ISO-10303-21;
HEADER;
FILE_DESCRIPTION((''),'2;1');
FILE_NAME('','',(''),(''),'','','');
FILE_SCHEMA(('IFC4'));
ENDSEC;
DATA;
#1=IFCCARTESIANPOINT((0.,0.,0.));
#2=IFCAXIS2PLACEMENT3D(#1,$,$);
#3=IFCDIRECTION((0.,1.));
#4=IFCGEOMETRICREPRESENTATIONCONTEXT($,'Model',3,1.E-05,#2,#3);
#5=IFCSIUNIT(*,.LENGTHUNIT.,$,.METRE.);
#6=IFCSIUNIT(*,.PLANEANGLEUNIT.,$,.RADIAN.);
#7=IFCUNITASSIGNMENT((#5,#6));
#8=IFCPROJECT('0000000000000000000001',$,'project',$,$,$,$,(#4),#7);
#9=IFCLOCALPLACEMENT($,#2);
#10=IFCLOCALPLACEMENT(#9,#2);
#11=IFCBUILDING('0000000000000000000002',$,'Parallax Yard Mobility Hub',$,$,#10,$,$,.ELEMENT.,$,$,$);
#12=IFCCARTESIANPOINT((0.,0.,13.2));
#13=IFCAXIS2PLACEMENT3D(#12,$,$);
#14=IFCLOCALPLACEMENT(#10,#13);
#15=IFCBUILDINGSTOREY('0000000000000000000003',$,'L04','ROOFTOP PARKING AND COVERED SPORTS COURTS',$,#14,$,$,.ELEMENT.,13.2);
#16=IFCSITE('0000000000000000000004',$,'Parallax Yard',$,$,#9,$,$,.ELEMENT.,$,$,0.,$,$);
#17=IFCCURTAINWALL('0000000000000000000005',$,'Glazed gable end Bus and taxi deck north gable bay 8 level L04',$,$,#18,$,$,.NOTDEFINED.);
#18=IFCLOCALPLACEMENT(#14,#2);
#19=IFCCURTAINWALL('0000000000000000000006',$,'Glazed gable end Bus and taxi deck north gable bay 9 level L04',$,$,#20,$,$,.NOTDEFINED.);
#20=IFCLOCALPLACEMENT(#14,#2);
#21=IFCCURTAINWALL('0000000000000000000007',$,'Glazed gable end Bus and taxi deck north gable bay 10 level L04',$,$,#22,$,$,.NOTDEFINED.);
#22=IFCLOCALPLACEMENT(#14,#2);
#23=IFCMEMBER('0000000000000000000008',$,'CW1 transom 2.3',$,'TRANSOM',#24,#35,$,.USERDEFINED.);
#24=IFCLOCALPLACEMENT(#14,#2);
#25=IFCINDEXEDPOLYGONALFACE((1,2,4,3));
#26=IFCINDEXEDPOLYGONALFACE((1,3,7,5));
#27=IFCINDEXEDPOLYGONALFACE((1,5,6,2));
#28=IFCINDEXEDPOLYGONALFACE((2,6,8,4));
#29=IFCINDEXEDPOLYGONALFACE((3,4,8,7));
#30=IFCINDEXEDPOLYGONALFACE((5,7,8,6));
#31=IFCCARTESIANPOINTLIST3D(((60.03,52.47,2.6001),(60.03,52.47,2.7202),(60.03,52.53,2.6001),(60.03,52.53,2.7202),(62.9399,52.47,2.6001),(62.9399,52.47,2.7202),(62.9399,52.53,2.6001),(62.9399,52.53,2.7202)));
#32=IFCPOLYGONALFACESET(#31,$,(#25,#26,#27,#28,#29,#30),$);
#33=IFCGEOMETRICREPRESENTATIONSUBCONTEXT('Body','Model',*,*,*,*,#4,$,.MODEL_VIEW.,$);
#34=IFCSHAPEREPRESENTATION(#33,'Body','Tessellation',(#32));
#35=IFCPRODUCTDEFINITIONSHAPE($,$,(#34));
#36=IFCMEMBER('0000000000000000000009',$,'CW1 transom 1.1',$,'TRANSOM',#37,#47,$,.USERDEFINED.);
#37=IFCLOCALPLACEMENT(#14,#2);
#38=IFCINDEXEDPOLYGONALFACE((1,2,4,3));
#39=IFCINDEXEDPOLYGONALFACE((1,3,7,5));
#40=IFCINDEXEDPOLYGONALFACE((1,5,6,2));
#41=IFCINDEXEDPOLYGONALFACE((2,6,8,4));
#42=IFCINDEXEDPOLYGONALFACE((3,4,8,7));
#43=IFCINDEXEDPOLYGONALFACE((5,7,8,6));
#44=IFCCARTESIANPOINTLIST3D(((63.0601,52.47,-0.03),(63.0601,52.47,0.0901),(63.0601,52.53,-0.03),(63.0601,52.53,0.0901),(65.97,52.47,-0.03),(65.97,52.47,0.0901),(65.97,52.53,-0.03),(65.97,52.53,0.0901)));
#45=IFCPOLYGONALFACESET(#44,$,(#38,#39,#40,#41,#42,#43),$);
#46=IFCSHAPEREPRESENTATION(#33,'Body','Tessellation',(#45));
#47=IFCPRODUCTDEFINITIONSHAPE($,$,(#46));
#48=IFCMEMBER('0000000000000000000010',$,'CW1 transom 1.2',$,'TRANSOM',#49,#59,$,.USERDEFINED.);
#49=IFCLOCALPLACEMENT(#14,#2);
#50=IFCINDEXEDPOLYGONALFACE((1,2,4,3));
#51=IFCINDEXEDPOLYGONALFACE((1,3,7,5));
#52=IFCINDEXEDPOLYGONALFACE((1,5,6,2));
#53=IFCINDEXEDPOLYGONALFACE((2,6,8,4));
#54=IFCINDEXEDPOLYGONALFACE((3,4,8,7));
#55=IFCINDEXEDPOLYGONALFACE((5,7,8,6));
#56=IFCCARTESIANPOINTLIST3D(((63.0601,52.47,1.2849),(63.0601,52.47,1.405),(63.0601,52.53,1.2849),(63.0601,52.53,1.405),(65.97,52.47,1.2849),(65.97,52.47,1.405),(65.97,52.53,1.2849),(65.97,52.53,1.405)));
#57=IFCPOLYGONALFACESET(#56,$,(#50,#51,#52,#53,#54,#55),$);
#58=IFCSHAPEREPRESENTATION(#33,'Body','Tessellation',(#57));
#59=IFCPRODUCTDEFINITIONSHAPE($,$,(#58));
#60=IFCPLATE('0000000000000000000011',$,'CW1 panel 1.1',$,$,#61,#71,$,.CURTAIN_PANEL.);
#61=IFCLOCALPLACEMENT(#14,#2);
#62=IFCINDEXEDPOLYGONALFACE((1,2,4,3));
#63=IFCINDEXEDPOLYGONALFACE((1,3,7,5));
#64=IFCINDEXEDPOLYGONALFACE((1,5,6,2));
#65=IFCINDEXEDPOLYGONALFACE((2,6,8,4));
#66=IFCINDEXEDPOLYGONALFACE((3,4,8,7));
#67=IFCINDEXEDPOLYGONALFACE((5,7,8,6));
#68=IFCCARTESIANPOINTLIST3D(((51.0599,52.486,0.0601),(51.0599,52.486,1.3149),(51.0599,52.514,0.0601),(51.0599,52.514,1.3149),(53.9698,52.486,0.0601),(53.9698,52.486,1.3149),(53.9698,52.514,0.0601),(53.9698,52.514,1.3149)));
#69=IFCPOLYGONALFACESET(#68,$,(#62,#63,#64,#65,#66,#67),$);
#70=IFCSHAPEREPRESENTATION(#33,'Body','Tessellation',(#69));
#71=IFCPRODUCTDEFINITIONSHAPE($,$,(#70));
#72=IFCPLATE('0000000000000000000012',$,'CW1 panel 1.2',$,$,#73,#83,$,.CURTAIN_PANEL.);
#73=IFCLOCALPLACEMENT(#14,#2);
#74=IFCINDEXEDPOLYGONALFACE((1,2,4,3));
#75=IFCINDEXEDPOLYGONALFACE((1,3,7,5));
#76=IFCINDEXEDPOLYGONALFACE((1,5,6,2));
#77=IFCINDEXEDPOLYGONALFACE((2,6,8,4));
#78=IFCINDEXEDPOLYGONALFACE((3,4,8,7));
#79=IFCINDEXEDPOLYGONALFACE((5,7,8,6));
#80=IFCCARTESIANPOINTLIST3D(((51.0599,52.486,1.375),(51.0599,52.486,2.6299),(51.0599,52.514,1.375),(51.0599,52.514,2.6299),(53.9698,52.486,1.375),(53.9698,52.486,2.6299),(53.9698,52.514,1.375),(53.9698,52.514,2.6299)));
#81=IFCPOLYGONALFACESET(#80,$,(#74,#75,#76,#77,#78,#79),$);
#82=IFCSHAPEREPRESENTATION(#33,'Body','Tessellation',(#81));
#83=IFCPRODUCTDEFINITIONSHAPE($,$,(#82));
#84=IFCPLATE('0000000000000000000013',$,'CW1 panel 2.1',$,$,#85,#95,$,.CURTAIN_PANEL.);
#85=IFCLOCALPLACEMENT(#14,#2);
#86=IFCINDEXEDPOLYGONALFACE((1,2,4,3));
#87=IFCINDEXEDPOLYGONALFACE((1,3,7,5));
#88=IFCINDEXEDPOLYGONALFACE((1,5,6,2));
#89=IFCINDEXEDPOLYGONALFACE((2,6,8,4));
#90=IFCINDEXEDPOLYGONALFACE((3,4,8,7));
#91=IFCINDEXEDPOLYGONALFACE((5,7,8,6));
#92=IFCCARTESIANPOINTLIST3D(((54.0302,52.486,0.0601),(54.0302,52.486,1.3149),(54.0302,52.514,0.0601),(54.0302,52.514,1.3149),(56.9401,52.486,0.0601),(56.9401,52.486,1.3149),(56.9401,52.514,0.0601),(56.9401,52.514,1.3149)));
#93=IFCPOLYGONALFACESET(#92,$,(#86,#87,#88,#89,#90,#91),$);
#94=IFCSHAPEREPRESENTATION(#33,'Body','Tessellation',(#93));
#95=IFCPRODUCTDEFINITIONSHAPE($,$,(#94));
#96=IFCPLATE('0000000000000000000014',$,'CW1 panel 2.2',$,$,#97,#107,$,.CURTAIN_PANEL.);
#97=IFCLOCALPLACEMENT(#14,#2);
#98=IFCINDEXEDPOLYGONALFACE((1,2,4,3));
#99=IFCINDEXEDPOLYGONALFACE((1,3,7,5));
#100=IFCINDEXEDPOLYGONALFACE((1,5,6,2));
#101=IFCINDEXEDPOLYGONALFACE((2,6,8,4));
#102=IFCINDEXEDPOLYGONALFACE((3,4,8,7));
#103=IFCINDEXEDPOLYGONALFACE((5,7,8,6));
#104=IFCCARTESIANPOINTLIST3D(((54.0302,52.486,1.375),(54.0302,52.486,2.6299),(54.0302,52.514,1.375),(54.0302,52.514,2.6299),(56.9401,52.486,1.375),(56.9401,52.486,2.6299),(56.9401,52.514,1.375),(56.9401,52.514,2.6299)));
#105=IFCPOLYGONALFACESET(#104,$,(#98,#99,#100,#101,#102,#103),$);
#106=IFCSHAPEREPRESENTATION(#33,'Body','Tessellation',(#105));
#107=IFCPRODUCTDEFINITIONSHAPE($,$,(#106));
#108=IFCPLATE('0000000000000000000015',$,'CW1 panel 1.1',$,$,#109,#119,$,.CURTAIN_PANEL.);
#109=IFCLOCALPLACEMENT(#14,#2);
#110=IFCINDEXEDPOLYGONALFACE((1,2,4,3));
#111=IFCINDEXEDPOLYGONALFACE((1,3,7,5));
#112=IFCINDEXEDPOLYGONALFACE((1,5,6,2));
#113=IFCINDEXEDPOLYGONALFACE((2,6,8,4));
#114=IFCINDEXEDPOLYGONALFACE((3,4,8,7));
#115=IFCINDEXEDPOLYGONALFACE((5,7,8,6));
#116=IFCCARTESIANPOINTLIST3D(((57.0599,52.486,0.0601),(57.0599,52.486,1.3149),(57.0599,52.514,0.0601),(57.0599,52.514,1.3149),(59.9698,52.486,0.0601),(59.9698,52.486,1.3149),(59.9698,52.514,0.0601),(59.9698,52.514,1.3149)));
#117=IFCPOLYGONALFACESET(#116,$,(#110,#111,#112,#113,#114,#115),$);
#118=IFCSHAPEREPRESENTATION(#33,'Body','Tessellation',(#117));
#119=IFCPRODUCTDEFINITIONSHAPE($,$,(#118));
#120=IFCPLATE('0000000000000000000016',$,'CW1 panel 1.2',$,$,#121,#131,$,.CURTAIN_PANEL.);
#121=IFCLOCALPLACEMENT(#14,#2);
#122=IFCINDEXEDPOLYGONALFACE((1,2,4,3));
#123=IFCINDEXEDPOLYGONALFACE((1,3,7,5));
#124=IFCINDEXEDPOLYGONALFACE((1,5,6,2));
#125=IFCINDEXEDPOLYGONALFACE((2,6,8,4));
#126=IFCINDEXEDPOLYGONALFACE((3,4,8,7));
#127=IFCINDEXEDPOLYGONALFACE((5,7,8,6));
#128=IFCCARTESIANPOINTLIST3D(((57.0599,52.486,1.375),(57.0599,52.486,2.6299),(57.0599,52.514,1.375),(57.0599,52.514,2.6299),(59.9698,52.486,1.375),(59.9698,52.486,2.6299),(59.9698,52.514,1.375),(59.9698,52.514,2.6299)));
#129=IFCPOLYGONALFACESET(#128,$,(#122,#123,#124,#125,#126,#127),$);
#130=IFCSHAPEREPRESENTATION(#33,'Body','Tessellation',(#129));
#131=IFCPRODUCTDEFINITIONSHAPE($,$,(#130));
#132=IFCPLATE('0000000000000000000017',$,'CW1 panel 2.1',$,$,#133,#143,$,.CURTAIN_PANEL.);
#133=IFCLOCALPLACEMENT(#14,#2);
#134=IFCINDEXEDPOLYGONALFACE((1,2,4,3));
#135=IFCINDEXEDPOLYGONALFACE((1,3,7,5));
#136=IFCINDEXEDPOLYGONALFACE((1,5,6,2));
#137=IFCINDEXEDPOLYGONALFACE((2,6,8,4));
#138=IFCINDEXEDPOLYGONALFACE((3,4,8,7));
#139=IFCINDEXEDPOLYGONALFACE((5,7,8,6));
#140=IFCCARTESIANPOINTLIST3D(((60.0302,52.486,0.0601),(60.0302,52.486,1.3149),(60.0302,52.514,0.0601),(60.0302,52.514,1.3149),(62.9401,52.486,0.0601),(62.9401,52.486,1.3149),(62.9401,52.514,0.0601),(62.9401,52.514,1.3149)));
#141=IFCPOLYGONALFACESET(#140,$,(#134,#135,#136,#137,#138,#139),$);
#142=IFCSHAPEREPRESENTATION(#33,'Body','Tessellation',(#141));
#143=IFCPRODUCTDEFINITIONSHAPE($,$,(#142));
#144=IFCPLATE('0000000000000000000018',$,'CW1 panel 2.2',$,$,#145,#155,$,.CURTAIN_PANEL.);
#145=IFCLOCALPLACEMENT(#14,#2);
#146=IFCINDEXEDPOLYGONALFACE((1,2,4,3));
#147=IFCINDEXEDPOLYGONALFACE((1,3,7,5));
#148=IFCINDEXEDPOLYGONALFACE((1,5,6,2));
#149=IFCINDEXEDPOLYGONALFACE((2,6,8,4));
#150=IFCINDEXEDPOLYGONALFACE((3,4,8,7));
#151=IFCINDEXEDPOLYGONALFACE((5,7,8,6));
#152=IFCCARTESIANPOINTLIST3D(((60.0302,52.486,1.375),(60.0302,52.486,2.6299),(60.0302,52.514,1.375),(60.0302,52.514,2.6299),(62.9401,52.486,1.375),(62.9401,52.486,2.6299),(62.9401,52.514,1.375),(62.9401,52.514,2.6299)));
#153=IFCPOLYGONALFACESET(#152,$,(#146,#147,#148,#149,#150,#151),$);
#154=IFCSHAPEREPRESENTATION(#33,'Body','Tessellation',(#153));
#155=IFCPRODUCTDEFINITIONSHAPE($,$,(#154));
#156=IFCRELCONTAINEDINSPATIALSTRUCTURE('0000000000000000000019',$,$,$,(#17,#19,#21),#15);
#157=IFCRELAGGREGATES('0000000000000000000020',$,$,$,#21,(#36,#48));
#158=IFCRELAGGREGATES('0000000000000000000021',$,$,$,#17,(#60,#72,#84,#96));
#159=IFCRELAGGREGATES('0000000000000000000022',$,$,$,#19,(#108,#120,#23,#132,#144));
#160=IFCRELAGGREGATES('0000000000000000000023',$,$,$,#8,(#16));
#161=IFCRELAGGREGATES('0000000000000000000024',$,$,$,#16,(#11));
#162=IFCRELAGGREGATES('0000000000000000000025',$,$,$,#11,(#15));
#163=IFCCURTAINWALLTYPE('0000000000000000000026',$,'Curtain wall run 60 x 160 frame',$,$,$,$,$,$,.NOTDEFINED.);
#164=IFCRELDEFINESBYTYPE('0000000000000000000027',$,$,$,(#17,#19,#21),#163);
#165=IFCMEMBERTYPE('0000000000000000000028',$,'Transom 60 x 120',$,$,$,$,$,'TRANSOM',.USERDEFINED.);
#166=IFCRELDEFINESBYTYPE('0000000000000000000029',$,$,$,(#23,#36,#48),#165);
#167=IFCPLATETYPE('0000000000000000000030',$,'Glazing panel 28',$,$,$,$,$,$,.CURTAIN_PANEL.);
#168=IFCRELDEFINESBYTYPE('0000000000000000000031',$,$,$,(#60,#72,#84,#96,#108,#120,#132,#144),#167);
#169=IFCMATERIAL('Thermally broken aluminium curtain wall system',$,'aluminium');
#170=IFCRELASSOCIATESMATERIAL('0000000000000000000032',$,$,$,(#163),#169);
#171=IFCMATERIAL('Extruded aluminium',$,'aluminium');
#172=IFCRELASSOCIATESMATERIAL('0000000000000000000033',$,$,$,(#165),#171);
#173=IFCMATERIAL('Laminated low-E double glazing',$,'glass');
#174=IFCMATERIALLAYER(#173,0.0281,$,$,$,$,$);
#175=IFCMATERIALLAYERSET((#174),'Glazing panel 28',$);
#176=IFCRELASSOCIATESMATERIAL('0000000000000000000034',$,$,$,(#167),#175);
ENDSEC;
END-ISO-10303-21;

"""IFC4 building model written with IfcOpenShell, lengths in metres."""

from ifc_helpers import new_model, si_unit, direction, frame, origin, origin_2d, place, context, subcontext, project, spatial, rectangle, extrude, material, layer, layer_set, material_profile, profile_set, type_object, element, aggregate, save


model = new_model("IFC4")

# Units and contexts
model_context = context("Model", 3, precision=1e-05, world=origin(), true_north=direction((0.0, 1.0)))
body_context = subcontext(model_context, "Body", "Model", "MODEL_VIEW")
ifc_project = project(units=[si_unit("LENGTHUNIT", "METRE"), si_unit("PLANEANGLEUNIT", "RADIAN")], contexts=[model_context])

# Site, building, storey
site_placement = place(None, origin())
site = spatial("IfcSite", under=ifc_project, at=site_placement, Name="Parallax Yard", CompositionType="ELEMENT", RefElevation=0.0)
building_placement = place(site_placement, origin())
building = spatial("IfcBuilding", under=site, at=building_placement, Name="Parallax Yard Mobility Hub", CompositionType="ELEMENT")
storey_placement = place(building_placement, frame((0.0, 0.0, 13.2)))
storey = spatial("IfcBuildingStorey", under=building, at=storey_placement, Name="L04", Description="ROOFTOP PARKING AND COVERED SPORTS COURTS", CompositionType="ELEMENT", Elevation=13.2)

# Shared definitions
ifc_material_1 = material(Name="Thermally broken aluminium curtain wall system", Category="aluminium")
curtain_wall_type = type_object("IfcCurtainWallType", Name="Curtain wall run 60 x 160 frame", PredefinedType="NOTDEFINED", material=ifc_material_1)
ifc_material_2 = material(Name="Extruded aluminium", Category="aluminium")

# Curtain walls
curtain_wall_1_placement = place(storey_placement, origin())
curtain_wall_1 = element("IfcCurtainWall", 1, at=curtain_wall_1_placement, inside=storey, type_object=curtain_wall_type, Name="Glazed gable end Bus and taxi deck north gable bay 8 level L04", PredefinedType="NOTDEFINED")
curtain_wall_2_placement = place(storey_placement, origin())
curtain_wall_2 = element("IfcCurtainWall", 2, at=curtain_wall_2_placement, inside=storey, type_object=curtain_wall_type, Name="Glazed gable end Bus and taxi deck north gable bay 9 level L04", PredefinedType="NOTDEFINED")

# Curtain wall
curtain_wall_3_placement = place(storey_placement, origin())
curtain_wall_3 = element("IfcCurtainWall", 3, at=curtain_wall_3_placement, inside=storey, type_object=curtain_wall_type, Name="Glazed gable end Bus and taxi deck north gable bay 10 level L04", PredefinedType="NOTDEFINED")

# Members
ifc_material_profile_1 = material_profile(ifc_material_2, rectangle(XDim=0.0601, YDim=0.1201, at=origin_2d()), Name="Transom 60 x 120")
ifc_profile_set_1 = profile_set([ifc_material_profile_1], Name="Extruded aluminium")
member_type_1 = type_object("IfcMemberType", Name="Transom 60 x 120", ElementType="TRANSOM", PredefinedType="USERDEFINED", material=ifc_profile_set_1)
member_1_placement = place(storey_placement, frame((60.03, 52.5, 2.6602), z_axis=(1.0, 0.0, 0.0), x_axis=(0.0, 1.0, 0.0)))
member_1 = element("IfcMember", 4, at=member_1_placement, type_object=member_type_1, Name="CW1 transom 2.3", ObjectType="TRANSOM", PredefinedType="USERDEFINED", context=body_context, shape_type="SweptSolid", body=[
    extrude(rectangle(XDim=0.0601, YDim=0.1201, at=origin_2d()), origin(), (0.0, 0.0, 1.0), 2.9099),
])
member_2_placement = place(storey_placement, frame((63.0601, 52.5, 0.03), z_axis=(1.0, 0.0, 0.0), x_axis=(0.0, 1.0, 0.0)))
member_2 = element("IfcMember", 5, at=member_2_placement, type_object=member_type_1, Name="CW1 transom 1.1", ObjectType="TRANSOM", PredefinedType="USERDEFINED", context=body_context, shape_type="SweptSolid", body=[
    extrude(rectangle(XDim=0.0601, YDim=0.1201, at=origin_2d()), origin(), (0.0, 0.0, 1.0), 2.9099),
])
member_3_placement = place(storey_placement, frame((63.0601, 52.5, 1.345), z_axis=(1.0, 0.0, 0.0), x_axis=(0.0, 1.0, 0.0)))
member_3 = element("IfcMember", 6, at=member_3_placement, type_object=member_type_1, Name="CW1 transom 1.2", ObjectType="TRANSOM", PredefinedType="USERDEFINED", context=body_context, shape_type="SweptSolid", body=[
    extrude(rectangle(XDim=0.0601, YDim=0.1201, at=origin_2d()), origin(), (0.0, 0.0, 1.0), 2.9099),
])
aggregate(curtain_wall_3, [member_2, member_3])

# Plates
ifc_material_3 = material(Name="Laminated low-E double glazing", Category="glass")
ifc_layer = layer(ifc_material_3, 0.0281)
ifc_layer_set = layer_set([ifc_layer], Name="Glazing panel 28")
plate_type = type_object("IfcPlateType", Name="Glazing panel 28", PredefinedType="CURTAIN_PANEL", material=ifc_layer_set)
plate_1_placement = place(storey_placement, frame((52.5149, 52.5, 0.0601), z_axis=(0.0, 0.0, 1.0), x_axis=(1.0, 0.0, 0.0)))
plate_1 = element("IfcPlate", 7, at=plate_1_placement, type_object=plate_type, Name="CW1 panel 1.1", PredefinedType="CURTAIN_PANEL", context=body_context, shape_type="SweptSolid", body=[
    extrude(rectangle(XDim=2.9099, YDim=0.0281, at=origin_2d()), origin(), (0.0, 0.0, 1.0), 1.2549),
])
plate_2_placement = place(storey_placement, frame((52.5149, 52.5, 1.375), z_axis=(0.0, 0.0, 1.0), x_axis=(1.0, 0.0, 0.0)))
plate_2 = element("IfcPlate", 8, at=plate_2_placement, type_object=plate_type, Name="CW1 panel 1.2", PredefinedType="CURTAIN_PANEL", context=body_context, shape_type="SweptSolid", body=[
    extrude(rectangle(XDim=2.9099, YDim=0.0281, at=origin_2d()), origin(), (0.0, 0.0, 1.0), 1.2549),
])
plate_3_placement = place(storey_placement, frame((55.4851, 52.5, 0.0601), z_axis=(0.0, 0.0, 1.0), x_axis=(1.0, 0.0, 0.0)))
plate_3 = element("IfcPlate", 9, at=plate_3_placement, type_object=plate_type, Name="CW1 panel 2.1", PredefinedType="CURTAIN_PANEL", context=body_context, shape_type="SweptSolid", body=[
    extrude(rectangle(XDim=2.9099, YDim=0.0281, at=origin_2d()), origin(), (0.0, 0.0, 1.0), 1.2549),
])
plate_4_placement = place(storey_placement, frame((55.4851, 52.5, 1.375), z_axis=(0.0, 0.0, 1.0), x_axis=(1.0, 0.0, 0.0)))
plate_4 = element("IfcPlate", 10, at=plate_4_placement, type_object=plate_type, Name="CW1 panel 2.2", PredefinedType="CURTAIN_PANEL", context=body_context, shape_type="SweptSolid", body=[
    extrude(rectangle(XDim=2.9099, YDim=0.0281, at=origin_2d()), origin(), (0.0, 0.0, 1.0), 1.2549),
])
aggregate(curtain_wall_1, [plate_1, plate_2, plate_3, plate_4])
plate_5_placement = place(storey_placement, frame((58.5149, 52.5, 0.0601), z_axis=(0.0, 0.0, 1.0), x_axis=(1.0, 0.0, 0.0)))
plate_5 = element("IfcPlate", 11, at=plate_5_placement, type_object=plate_type, Name="CW1 panel 1.1", PredefinedType="CURTAIN_PANEL", context=body_context, shape_type="SweptSolid", body=[
    extrude(rectangle(XDim=2.9099, YDim=0.0281, at=origin_2d()), origin(), (0.0, 0.0, 1.0), 1.2549),
])
plate_6_placement = place(storey_placement, frame((58.5149, 52.5, 1.375), z_axis=(0.0, 0.0, 1.0), x_axis=(1.0, 0.0, 0.0)))
plate_6 = element("IfcPlate", 12, at=plate_6_placement, type_object=plate_type, Name="CW1 panel 1.2", PredefinedType="CURTAIN_PANEL", context=body_context, shape_type="SweptSolid", body=[
    extrude(rectangle(XDim=2.9099, YDim=0.0281, at=origin_2d()), origin(), (0.0, 0.0, 1.0), 1.2549),
])
plate_7_placement = place(storey_placement, frame((61.4851, 52.5, 0.0601), z_axis=(0.0, 0.0, 1.0), x_axis=(1.0, 0.0, 0.0)))
plate_7 = element("IfcPlate", 13, at=plate_7_placement, type_object=plate_type, Name="CW1 panel 2.1", PredefinedType="CURTAIN_PANEL", context=body_context, shape_type="SweptSolid", body=[
    extrude(rectangle(XDim=2.9099, YDim=0.0281, at=origin_2d()), origin(), (0.0, 0.0, 1.0), 1.2549),
])
plate_8_placement = place(storey_placement, frame((61.4851, 52.5, 1.375), z_axis=(0.0, 0.0, 1.0), x_axis=(1.0, 0.0, 0.0)))
plate_8 = element("IfcPlate", 14, at=plate_8_placement, type_object=plate_type, Name="CW1 panel 2.2", PredefinedType="CURTAIN_PANEL", context=body_context, shape_type="SweptSolid", body=[
    extrude(rectangle(XDim=2.9099, YDim=0.0281, at=origin_2d()), origin(), (0.0, 0.0, 1.0), 1.2549),
])
aggregate(curtain_wall_2, [plate_5, plate_6, member_1, plate_7, plate_8])

save(model, "model.ifc")
